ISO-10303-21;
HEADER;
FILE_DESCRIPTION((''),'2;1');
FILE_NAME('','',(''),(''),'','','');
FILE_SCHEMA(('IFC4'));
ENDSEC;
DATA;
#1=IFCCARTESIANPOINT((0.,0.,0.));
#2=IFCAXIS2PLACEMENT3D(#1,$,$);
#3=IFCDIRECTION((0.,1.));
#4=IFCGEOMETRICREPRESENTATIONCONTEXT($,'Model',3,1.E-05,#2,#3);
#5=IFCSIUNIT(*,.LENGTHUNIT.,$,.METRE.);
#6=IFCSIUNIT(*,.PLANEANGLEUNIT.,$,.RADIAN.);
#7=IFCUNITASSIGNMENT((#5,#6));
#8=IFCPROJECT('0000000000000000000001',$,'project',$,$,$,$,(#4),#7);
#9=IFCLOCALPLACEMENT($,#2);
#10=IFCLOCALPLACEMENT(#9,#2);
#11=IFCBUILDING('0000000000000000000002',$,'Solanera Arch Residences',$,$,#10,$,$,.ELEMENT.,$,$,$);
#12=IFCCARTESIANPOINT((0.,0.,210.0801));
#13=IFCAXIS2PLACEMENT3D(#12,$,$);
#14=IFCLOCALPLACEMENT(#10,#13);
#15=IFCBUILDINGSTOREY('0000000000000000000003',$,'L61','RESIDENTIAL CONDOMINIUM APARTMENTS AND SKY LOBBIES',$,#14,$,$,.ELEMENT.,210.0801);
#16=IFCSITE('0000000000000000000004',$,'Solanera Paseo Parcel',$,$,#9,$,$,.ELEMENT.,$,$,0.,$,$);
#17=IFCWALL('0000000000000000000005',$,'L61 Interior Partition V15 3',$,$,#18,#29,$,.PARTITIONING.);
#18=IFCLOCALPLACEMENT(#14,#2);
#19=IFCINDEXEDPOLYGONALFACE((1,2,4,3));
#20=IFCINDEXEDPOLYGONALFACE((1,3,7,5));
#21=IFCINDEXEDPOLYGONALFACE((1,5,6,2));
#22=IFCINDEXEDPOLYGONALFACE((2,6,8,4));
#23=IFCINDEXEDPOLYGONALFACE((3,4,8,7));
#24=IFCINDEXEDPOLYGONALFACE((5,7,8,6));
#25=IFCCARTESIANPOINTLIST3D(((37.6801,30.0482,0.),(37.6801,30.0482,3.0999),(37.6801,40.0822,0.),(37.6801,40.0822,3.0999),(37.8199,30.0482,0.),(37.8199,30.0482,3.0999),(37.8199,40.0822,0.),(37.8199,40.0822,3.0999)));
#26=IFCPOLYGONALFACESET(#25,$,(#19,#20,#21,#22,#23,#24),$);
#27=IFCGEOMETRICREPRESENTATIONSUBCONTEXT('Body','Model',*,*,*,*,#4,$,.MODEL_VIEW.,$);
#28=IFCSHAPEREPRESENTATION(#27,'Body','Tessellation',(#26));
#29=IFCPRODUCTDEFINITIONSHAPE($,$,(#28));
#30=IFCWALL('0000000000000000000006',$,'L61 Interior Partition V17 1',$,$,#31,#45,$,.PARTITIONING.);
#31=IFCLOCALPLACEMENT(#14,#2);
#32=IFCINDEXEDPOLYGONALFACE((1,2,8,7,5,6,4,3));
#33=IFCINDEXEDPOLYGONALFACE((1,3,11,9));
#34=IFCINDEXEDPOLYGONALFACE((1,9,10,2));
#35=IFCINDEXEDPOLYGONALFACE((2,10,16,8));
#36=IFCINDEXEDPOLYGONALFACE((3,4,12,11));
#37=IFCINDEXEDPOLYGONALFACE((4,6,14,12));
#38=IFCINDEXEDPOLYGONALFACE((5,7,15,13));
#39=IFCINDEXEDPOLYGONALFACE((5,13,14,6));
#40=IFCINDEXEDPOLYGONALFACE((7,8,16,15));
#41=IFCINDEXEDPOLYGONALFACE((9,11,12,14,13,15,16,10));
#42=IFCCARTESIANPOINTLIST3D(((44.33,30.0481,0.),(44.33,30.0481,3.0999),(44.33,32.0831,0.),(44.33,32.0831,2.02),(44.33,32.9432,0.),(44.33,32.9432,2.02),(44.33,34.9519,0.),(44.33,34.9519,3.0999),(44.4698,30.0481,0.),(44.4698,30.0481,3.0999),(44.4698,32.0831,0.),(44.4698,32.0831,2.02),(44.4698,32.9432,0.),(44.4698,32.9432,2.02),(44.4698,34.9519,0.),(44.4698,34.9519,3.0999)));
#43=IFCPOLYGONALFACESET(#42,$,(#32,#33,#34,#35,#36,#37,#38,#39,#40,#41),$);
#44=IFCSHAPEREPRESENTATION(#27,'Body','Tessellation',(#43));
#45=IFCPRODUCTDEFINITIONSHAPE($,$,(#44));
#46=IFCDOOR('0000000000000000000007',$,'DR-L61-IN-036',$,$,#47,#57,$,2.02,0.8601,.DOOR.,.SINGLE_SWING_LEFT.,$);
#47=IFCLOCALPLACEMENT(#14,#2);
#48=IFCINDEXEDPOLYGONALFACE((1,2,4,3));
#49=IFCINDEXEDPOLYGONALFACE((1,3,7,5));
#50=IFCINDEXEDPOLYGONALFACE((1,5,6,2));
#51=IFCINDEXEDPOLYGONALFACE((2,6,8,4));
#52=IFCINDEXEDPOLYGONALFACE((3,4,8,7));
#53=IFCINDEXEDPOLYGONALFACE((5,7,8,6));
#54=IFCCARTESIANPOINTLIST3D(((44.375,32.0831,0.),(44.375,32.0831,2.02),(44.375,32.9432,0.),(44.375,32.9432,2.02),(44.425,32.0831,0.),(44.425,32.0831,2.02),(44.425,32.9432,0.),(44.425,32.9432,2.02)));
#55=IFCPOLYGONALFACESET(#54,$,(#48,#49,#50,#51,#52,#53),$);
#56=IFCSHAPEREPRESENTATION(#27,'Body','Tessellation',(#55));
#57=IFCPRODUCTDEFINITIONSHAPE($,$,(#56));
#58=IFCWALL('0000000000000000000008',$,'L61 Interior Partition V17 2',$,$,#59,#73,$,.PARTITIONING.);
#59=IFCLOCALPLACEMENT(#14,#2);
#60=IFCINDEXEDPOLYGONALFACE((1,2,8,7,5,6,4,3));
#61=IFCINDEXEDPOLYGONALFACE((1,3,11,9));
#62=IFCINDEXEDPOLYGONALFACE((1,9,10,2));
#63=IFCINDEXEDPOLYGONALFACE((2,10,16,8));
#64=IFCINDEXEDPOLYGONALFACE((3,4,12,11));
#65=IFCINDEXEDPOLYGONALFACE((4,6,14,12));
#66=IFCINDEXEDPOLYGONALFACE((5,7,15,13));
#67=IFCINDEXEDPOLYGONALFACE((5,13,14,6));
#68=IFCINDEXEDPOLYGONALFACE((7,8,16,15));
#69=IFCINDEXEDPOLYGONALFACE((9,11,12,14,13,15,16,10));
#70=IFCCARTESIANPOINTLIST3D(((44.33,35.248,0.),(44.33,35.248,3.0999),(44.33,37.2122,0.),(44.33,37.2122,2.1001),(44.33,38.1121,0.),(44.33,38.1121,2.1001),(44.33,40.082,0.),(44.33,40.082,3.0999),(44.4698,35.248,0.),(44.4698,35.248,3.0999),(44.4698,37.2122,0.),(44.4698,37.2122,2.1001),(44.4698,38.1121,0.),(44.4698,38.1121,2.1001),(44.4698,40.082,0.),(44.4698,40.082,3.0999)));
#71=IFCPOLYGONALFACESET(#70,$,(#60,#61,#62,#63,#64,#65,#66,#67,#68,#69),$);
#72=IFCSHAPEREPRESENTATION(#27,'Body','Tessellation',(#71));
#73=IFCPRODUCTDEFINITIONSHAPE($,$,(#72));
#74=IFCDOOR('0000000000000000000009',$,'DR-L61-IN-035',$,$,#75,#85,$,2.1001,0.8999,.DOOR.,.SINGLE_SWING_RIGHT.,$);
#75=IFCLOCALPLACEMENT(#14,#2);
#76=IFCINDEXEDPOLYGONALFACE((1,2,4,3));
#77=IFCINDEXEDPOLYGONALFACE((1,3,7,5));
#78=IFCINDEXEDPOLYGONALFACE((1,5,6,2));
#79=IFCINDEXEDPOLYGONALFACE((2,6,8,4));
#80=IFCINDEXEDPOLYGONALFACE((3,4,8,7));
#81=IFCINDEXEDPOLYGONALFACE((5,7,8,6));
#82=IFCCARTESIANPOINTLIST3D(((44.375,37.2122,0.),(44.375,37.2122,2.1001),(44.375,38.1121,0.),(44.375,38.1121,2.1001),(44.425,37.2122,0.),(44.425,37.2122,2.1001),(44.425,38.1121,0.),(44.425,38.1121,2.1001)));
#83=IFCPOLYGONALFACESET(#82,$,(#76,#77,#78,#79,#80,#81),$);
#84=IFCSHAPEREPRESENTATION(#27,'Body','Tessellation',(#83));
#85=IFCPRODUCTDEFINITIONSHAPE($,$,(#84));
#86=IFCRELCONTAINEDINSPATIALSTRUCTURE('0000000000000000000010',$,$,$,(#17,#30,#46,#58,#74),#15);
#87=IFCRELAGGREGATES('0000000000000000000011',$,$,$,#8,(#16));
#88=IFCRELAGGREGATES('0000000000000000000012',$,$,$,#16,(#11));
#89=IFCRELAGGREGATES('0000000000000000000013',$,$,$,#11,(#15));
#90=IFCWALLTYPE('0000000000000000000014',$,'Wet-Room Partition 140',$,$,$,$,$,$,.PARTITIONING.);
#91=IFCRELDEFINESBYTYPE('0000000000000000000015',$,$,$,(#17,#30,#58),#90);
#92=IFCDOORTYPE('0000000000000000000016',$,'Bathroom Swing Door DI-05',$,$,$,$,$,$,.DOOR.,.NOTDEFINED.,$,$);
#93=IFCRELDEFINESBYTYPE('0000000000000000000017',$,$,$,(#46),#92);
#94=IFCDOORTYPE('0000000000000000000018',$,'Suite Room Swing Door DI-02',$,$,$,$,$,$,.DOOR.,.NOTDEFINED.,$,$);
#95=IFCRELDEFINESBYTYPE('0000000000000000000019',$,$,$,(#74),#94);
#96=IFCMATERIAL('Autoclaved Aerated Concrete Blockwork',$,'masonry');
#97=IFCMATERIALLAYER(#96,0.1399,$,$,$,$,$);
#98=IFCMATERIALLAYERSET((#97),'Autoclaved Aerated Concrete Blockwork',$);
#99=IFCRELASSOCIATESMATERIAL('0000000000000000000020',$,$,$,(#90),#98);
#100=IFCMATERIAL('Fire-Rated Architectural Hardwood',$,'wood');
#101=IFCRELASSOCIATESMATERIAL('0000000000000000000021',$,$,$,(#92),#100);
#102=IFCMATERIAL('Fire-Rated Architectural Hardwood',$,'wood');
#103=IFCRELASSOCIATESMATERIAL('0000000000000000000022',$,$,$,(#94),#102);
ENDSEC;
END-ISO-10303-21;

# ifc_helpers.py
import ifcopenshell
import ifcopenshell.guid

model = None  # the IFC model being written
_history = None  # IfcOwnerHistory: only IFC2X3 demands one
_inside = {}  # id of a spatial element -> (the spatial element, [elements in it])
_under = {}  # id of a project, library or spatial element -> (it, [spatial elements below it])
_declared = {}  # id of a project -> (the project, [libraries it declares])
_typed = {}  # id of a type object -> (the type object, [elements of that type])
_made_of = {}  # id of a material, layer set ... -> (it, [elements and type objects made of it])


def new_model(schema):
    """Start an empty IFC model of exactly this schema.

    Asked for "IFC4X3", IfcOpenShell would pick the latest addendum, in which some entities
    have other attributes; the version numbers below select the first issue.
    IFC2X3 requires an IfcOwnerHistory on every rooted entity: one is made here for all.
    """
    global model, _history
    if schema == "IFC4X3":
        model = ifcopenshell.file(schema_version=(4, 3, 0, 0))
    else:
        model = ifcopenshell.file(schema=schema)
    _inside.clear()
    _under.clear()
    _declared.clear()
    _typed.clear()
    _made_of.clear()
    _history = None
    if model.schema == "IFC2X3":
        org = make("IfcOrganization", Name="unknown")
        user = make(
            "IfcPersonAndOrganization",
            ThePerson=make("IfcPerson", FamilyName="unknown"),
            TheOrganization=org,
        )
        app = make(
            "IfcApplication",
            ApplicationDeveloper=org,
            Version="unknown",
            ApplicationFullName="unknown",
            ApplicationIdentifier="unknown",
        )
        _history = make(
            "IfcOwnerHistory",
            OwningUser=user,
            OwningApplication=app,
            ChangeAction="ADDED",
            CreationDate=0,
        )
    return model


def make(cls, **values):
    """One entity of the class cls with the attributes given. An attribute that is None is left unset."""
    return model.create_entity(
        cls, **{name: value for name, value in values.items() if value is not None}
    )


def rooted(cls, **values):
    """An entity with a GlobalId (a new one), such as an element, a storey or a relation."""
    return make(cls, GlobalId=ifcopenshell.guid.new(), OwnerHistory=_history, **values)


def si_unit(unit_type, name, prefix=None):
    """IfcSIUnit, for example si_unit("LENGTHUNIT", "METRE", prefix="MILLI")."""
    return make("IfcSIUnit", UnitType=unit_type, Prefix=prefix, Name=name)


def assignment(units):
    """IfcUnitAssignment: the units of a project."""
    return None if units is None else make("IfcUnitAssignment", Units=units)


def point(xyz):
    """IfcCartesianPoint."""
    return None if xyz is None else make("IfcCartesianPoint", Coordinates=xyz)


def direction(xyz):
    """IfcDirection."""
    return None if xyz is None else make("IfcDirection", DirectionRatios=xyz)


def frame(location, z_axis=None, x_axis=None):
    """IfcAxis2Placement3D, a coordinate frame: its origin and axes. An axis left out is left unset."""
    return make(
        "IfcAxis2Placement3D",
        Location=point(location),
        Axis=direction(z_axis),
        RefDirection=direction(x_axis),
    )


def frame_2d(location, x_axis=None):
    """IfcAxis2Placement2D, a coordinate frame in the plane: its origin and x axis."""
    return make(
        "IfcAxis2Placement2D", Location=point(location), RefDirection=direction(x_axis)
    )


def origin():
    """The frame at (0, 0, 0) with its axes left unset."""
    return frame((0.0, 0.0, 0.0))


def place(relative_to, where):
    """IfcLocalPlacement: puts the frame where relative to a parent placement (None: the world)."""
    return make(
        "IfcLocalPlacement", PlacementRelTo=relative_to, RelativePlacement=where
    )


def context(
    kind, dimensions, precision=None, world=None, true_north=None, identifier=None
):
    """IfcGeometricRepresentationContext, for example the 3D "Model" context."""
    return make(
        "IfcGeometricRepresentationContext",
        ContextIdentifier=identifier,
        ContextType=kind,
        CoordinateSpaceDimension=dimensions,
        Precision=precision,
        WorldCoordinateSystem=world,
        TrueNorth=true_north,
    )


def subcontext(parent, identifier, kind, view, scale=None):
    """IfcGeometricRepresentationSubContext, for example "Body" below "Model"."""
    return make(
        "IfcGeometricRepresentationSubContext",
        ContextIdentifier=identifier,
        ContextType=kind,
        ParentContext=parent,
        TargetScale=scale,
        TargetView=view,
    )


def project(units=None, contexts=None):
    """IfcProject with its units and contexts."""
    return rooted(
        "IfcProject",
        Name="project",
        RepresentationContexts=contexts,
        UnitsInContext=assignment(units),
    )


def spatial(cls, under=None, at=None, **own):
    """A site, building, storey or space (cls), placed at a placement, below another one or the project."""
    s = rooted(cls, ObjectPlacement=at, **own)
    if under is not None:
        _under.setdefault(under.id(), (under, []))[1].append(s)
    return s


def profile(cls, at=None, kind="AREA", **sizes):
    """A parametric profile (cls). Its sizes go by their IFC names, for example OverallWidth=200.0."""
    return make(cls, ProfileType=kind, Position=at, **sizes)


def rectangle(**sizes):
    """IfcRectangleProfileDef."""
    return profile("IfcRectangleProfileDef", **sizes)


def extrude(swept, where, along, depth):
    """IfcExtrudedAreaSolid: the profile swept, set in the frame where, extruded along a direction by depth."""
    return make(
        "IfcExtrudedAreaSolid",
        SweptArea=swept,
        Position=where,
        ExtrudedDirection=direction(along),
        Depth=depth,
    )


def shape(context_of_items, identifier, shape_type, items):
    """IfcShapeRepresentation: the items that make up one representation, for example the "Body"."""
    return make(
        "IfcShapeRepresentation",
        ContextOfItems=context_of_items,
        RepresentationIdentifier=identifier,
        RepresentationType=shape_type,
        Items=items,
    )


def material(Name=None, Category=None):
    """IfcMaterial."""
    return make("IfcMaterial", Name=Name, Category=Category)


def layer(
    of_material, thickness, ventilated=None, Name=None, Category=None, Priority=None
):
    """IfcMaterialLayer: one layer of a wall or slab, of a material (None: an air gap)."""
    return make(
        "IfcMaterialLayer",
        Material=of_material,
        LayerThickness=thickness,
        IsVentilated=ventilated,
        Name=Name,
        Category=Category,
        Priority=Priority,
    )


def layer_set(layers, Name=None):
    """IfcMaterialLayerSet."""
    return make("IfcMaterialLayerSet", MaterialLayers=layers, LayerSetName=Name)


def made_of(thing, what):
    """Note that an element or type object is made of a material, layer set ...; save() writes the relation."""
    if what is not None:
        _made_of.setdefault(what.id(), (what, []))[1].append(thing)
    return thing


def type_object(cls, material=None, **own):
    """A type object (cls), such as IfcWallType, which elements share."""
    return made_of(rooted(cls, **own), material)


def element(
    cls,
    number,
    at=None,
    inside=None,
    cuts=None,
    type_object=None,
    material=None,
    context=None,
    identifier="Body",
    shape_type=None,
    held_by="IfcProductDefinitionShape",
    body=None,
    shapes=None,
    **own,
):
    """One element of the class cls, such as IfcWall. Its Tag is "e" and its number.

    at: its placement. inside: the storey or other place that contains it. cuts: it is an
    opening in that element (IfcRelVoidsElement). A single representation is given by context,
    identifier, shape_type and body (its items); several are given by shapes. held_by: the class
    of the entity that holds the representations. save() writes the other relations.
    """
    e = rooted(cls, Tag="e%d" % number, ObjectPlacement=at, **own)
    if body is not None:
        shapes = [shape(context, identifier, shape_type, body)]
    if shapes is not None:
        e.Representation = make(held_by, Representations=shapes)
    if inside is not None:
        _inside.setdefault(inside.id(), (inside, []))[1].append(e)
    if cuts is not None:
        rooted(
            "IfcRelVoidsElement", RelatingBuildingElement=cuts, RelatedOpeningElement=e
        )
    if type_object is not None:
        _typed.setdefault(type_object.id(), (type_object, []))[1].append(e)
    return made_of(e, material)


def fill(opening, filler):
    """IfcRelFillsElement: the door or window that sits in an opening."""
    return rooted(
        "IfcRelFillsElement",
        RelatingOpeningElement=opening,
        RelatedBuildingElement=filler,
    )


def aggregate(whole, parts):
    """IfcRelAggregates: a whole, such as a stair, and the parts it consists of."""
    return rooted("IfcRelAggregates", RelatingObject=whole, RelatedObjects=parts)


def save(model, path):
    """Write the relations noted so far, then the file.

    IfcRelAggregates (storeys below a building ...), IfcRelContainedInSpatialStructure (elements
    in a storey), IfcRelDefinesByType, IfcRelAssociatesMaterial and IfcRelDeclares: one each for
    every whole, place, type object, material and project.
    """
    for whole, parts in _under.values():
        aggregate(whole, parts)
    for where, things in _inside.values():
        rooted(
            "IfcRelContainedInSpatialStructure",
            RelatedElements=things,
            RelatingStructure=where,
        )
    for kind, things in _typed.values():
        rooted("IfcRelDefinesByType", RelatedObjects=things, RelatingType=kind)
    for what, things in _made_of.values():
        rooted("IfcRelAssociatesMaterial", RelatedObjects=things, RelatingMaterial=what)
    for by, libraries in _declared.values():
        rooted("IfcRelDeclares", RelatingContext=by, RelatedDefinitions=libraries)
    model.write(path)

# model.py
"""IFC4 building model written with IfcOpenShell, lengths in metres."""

from ifc_helpers import new_model, si_unit, direction, frame, frame_2d, origin, place, context, subcontext, project, spatial, rectangle, extrude, material, layer, layer_set, type_object, element, fill, save


model = new_model("IFC4")

# Units and contexts
model_context = context("Model", 3, precision=1e-05, world=origin(), true_north=direction((0.0, 1.0)))
body_context = subcontext(model_context, "Body", "Model", "MODEL_VIEW")
ifc_project = project(units=[si_unit("LENGTHUNIT", "METRE"), si_unit("PLANEANGLEUNIT", "RADIAN")], contexts=[model_context])

# Site, building, storey
site_placement = place(None, origin())
site = spatial("IfcSite", under=ifc_project, at=site_placement, Name="Solanera Paseo Parcel", CompositionType="ELEMENT", RefElevation=0.0)
building_placement = place(site_placement, origin())
building = spatial("IfcBuilding", under=site, at=building_placement, Name="Solanera Arch Residences", CompositionType="ELEMENT")
storey_placement = place(building_placement, frame((0.0, 0.0, 210.0801)))
storey = spatial("IfcBuildingStorey", under=building, at=storey_placement, Name="L61", Description="RESIDENTIAL CONDOMINIUM APARTMENTS AND SKY LOBBIES", CompositionType="ELEMENT", Elevation=210.0801)

# Wall
ifc_material_1 = material(Name="Autoclaved Aerated Concrete Blockwork", Category="masonry")
ifc_layer_1 = layer(ifc_material_1, 0.1399)
ifc_layer_set_1 = layer_set([ifc_layer_1], Name="Autoclaved Aerated Concrete Blockwork")
wall_type_1 = type_object("IfcWallType", Name="Wet-Room Partition 140", PredefinedType="PARTITIONING", material=ifc_layer_set_1)
wall_1_placement = place(storey_placement, frame((37.75, 30.0481, 0.0), z_axis=(0.0, 0.0, 1.0), x_axis=(0.0, 1.0, 0.0)))
element("IfcWall", 1, at=wall_1_placement, inside=storey, type_object=wall_type_1, Name="L61 Interior Partition V15 3", PredefinedType="PARTITIONING", context=body_context, shape_type="SweptSolid", body=[
    extrude(rectangle(XDim=10.0339, YDim=0.1399, at=frame_2d((5.0171, 0.0))), origin(), (0.0, 0.0, 1.0), 3.0999),
])

# Walls, openings, doors
wall_2_placement = place(storey_placement, frame((44.3999, 30.0481, 0.0), z_axis=(0.0, 0.0, 1.0), x_axis=(0.0, 1.0, 0.0)))
wall_2 = element("IfcWall", 2, at=wall_2_placement, inside=storey, type_object=wall_type_1, Name="L61 Interior Partition V17 1", PredefinedType="PARTITIONING", context=body_context, shape_type="SweptSolid", body=[
    extrude(rectangle(XDim=4.9038, YDim=0.1399, at=frame_2d((2.4519, 0.0))), origin(), (0.0, 0.0, 1.0), 3.0999),
])
opening_1_placement = place(wall_2_placement, frame((2.0349, 0.0, 0.0)))
opening_1 = element("IfcOpeningElement", 3, at=opening_1_placement, cuts=wall_2, PredefinedType="OPENING", context=body_context, shape_type="SweptSolid", body=[
    extrude(rectangle(XDim=0.8601, YDim=2.02, at=frame_2d((0.4302, 1.01))), frame((0.0, 0.0798, 0.0), z_axis=(0.0, -1.0, 0.0), x_axis=(1.0, 0.0, 0.0)), (0.0, 0.0, 1.0), 0.1599),
])
ifc_material_2 = material(Name="Fire-Rated Architectural Hardwood", Category="wood")
door_type_1 = type_object("IfcDoorType", Name="Bathroom Swing Door DI-05", OperationType="NOTDEFINED", PredefinedType="DOOR", material=ifc_material_2)
door_1_placement = place(opening_1_placement, origin())
door_1 = element("IfcDoor", 4, at=door_1_placement, inside=storey, type_object=door_type_1, Name="DR-L61-IN-036", OperationType="SINGLE_SWING_LEFT", OverallHeight=2.02, OverallWidth=0.8601, PredefinedType="DOOR", context=body_context, shape_type="SweptSolid", body=[
    extrude(rectangle(XDim=0.8601, YDim=2.02, at=frame_2d((0.4302, 1.01))), frame((0.0, 0.0249, 0.0), z_axis=(0.0, -1.0, 0.0), x_axis=(1.0, 0.0, 0.0)), (0.0, 0.0, 1.0), 0.05),
])
fill(opening_1, door_1)
wall_3_placement = place(storey_placement, frame((44.3999, 35.248, 0.0), z_axis=(0.0, 0.0, 1.0), x_axis=(0.0, 1.0, 0.0)))
wall_3 = element("IfcWall", 5, at=wall_3_placement, inside=storey, type_object=wall_type_1, Name="L61 Interior Partition V17 2", PredefinedType="PARTITIONING", context=body_context, shape_type="SweptSolid", body=[
    extrude(rectangle(XDim=4.834, YDim=0.1399, at=frame_2d((2.417, 0.0))), origin(), (0.0, 0.0, 1.0), 3.0999),
])
opening_2_placement = place(wall_3_placement, frame((1.9641, 0.0, 0.0)))
opening_2 = element("IfcOpeningElement", 6, at=opening_2_placement, cuts=wall_3, PredefinedType="OPENING", context=body_context, shape_type="SweptSolid", body=[
    extrude(rectangle(XDim=0.8999, YDim=2.1001, at=frame_2d((0.45, 1.05))), frame((0.0, 0.0798, 0.0), z_axis=(0.0, -1.0, 0.0), x_axis=(1.0, 0.0, 0.0)), (0.0, 0.0, 1.0), 0.1599),
])
ifc_material_3 = material(Name="Fire-Rated Architectural Hardwood", Category="wood")
door_type_2 = type_object("IfcDoorType", Name="Suite Room Swing Door DI-02", OperationType="NOTDEFINED", PredefinedType="DOOR", material=ifc_material_3)
door_2_placement = place(opening_2_placement, origin())
door_2 = element("IfcDoor", 7, at=door_2_placement, inside=storey, type_object=door_type_2, Name="DR-L61-IN-035", OperationType="SINGLE_SWING_RIGHT", OverallHeight=2.1001, OverallWidth=0.8999, PredefinedType="DOOR", context=body_context, shape_type="SweptSolid", body=[
    extrude(rectangle(XDim=0.8999, YDim=2.1001, at=frame_2d((0.45, 1.05))), frame((0.0, 0.0249, 0.0), z_axis=(0.0, -1.0, 0.0), x_axis=(1.0, 0.0, 0.0)), (0.0, 0.0, 1.0), 0.05),
])
fill(opening_2, door_2)

save(model, "model.ifc")
